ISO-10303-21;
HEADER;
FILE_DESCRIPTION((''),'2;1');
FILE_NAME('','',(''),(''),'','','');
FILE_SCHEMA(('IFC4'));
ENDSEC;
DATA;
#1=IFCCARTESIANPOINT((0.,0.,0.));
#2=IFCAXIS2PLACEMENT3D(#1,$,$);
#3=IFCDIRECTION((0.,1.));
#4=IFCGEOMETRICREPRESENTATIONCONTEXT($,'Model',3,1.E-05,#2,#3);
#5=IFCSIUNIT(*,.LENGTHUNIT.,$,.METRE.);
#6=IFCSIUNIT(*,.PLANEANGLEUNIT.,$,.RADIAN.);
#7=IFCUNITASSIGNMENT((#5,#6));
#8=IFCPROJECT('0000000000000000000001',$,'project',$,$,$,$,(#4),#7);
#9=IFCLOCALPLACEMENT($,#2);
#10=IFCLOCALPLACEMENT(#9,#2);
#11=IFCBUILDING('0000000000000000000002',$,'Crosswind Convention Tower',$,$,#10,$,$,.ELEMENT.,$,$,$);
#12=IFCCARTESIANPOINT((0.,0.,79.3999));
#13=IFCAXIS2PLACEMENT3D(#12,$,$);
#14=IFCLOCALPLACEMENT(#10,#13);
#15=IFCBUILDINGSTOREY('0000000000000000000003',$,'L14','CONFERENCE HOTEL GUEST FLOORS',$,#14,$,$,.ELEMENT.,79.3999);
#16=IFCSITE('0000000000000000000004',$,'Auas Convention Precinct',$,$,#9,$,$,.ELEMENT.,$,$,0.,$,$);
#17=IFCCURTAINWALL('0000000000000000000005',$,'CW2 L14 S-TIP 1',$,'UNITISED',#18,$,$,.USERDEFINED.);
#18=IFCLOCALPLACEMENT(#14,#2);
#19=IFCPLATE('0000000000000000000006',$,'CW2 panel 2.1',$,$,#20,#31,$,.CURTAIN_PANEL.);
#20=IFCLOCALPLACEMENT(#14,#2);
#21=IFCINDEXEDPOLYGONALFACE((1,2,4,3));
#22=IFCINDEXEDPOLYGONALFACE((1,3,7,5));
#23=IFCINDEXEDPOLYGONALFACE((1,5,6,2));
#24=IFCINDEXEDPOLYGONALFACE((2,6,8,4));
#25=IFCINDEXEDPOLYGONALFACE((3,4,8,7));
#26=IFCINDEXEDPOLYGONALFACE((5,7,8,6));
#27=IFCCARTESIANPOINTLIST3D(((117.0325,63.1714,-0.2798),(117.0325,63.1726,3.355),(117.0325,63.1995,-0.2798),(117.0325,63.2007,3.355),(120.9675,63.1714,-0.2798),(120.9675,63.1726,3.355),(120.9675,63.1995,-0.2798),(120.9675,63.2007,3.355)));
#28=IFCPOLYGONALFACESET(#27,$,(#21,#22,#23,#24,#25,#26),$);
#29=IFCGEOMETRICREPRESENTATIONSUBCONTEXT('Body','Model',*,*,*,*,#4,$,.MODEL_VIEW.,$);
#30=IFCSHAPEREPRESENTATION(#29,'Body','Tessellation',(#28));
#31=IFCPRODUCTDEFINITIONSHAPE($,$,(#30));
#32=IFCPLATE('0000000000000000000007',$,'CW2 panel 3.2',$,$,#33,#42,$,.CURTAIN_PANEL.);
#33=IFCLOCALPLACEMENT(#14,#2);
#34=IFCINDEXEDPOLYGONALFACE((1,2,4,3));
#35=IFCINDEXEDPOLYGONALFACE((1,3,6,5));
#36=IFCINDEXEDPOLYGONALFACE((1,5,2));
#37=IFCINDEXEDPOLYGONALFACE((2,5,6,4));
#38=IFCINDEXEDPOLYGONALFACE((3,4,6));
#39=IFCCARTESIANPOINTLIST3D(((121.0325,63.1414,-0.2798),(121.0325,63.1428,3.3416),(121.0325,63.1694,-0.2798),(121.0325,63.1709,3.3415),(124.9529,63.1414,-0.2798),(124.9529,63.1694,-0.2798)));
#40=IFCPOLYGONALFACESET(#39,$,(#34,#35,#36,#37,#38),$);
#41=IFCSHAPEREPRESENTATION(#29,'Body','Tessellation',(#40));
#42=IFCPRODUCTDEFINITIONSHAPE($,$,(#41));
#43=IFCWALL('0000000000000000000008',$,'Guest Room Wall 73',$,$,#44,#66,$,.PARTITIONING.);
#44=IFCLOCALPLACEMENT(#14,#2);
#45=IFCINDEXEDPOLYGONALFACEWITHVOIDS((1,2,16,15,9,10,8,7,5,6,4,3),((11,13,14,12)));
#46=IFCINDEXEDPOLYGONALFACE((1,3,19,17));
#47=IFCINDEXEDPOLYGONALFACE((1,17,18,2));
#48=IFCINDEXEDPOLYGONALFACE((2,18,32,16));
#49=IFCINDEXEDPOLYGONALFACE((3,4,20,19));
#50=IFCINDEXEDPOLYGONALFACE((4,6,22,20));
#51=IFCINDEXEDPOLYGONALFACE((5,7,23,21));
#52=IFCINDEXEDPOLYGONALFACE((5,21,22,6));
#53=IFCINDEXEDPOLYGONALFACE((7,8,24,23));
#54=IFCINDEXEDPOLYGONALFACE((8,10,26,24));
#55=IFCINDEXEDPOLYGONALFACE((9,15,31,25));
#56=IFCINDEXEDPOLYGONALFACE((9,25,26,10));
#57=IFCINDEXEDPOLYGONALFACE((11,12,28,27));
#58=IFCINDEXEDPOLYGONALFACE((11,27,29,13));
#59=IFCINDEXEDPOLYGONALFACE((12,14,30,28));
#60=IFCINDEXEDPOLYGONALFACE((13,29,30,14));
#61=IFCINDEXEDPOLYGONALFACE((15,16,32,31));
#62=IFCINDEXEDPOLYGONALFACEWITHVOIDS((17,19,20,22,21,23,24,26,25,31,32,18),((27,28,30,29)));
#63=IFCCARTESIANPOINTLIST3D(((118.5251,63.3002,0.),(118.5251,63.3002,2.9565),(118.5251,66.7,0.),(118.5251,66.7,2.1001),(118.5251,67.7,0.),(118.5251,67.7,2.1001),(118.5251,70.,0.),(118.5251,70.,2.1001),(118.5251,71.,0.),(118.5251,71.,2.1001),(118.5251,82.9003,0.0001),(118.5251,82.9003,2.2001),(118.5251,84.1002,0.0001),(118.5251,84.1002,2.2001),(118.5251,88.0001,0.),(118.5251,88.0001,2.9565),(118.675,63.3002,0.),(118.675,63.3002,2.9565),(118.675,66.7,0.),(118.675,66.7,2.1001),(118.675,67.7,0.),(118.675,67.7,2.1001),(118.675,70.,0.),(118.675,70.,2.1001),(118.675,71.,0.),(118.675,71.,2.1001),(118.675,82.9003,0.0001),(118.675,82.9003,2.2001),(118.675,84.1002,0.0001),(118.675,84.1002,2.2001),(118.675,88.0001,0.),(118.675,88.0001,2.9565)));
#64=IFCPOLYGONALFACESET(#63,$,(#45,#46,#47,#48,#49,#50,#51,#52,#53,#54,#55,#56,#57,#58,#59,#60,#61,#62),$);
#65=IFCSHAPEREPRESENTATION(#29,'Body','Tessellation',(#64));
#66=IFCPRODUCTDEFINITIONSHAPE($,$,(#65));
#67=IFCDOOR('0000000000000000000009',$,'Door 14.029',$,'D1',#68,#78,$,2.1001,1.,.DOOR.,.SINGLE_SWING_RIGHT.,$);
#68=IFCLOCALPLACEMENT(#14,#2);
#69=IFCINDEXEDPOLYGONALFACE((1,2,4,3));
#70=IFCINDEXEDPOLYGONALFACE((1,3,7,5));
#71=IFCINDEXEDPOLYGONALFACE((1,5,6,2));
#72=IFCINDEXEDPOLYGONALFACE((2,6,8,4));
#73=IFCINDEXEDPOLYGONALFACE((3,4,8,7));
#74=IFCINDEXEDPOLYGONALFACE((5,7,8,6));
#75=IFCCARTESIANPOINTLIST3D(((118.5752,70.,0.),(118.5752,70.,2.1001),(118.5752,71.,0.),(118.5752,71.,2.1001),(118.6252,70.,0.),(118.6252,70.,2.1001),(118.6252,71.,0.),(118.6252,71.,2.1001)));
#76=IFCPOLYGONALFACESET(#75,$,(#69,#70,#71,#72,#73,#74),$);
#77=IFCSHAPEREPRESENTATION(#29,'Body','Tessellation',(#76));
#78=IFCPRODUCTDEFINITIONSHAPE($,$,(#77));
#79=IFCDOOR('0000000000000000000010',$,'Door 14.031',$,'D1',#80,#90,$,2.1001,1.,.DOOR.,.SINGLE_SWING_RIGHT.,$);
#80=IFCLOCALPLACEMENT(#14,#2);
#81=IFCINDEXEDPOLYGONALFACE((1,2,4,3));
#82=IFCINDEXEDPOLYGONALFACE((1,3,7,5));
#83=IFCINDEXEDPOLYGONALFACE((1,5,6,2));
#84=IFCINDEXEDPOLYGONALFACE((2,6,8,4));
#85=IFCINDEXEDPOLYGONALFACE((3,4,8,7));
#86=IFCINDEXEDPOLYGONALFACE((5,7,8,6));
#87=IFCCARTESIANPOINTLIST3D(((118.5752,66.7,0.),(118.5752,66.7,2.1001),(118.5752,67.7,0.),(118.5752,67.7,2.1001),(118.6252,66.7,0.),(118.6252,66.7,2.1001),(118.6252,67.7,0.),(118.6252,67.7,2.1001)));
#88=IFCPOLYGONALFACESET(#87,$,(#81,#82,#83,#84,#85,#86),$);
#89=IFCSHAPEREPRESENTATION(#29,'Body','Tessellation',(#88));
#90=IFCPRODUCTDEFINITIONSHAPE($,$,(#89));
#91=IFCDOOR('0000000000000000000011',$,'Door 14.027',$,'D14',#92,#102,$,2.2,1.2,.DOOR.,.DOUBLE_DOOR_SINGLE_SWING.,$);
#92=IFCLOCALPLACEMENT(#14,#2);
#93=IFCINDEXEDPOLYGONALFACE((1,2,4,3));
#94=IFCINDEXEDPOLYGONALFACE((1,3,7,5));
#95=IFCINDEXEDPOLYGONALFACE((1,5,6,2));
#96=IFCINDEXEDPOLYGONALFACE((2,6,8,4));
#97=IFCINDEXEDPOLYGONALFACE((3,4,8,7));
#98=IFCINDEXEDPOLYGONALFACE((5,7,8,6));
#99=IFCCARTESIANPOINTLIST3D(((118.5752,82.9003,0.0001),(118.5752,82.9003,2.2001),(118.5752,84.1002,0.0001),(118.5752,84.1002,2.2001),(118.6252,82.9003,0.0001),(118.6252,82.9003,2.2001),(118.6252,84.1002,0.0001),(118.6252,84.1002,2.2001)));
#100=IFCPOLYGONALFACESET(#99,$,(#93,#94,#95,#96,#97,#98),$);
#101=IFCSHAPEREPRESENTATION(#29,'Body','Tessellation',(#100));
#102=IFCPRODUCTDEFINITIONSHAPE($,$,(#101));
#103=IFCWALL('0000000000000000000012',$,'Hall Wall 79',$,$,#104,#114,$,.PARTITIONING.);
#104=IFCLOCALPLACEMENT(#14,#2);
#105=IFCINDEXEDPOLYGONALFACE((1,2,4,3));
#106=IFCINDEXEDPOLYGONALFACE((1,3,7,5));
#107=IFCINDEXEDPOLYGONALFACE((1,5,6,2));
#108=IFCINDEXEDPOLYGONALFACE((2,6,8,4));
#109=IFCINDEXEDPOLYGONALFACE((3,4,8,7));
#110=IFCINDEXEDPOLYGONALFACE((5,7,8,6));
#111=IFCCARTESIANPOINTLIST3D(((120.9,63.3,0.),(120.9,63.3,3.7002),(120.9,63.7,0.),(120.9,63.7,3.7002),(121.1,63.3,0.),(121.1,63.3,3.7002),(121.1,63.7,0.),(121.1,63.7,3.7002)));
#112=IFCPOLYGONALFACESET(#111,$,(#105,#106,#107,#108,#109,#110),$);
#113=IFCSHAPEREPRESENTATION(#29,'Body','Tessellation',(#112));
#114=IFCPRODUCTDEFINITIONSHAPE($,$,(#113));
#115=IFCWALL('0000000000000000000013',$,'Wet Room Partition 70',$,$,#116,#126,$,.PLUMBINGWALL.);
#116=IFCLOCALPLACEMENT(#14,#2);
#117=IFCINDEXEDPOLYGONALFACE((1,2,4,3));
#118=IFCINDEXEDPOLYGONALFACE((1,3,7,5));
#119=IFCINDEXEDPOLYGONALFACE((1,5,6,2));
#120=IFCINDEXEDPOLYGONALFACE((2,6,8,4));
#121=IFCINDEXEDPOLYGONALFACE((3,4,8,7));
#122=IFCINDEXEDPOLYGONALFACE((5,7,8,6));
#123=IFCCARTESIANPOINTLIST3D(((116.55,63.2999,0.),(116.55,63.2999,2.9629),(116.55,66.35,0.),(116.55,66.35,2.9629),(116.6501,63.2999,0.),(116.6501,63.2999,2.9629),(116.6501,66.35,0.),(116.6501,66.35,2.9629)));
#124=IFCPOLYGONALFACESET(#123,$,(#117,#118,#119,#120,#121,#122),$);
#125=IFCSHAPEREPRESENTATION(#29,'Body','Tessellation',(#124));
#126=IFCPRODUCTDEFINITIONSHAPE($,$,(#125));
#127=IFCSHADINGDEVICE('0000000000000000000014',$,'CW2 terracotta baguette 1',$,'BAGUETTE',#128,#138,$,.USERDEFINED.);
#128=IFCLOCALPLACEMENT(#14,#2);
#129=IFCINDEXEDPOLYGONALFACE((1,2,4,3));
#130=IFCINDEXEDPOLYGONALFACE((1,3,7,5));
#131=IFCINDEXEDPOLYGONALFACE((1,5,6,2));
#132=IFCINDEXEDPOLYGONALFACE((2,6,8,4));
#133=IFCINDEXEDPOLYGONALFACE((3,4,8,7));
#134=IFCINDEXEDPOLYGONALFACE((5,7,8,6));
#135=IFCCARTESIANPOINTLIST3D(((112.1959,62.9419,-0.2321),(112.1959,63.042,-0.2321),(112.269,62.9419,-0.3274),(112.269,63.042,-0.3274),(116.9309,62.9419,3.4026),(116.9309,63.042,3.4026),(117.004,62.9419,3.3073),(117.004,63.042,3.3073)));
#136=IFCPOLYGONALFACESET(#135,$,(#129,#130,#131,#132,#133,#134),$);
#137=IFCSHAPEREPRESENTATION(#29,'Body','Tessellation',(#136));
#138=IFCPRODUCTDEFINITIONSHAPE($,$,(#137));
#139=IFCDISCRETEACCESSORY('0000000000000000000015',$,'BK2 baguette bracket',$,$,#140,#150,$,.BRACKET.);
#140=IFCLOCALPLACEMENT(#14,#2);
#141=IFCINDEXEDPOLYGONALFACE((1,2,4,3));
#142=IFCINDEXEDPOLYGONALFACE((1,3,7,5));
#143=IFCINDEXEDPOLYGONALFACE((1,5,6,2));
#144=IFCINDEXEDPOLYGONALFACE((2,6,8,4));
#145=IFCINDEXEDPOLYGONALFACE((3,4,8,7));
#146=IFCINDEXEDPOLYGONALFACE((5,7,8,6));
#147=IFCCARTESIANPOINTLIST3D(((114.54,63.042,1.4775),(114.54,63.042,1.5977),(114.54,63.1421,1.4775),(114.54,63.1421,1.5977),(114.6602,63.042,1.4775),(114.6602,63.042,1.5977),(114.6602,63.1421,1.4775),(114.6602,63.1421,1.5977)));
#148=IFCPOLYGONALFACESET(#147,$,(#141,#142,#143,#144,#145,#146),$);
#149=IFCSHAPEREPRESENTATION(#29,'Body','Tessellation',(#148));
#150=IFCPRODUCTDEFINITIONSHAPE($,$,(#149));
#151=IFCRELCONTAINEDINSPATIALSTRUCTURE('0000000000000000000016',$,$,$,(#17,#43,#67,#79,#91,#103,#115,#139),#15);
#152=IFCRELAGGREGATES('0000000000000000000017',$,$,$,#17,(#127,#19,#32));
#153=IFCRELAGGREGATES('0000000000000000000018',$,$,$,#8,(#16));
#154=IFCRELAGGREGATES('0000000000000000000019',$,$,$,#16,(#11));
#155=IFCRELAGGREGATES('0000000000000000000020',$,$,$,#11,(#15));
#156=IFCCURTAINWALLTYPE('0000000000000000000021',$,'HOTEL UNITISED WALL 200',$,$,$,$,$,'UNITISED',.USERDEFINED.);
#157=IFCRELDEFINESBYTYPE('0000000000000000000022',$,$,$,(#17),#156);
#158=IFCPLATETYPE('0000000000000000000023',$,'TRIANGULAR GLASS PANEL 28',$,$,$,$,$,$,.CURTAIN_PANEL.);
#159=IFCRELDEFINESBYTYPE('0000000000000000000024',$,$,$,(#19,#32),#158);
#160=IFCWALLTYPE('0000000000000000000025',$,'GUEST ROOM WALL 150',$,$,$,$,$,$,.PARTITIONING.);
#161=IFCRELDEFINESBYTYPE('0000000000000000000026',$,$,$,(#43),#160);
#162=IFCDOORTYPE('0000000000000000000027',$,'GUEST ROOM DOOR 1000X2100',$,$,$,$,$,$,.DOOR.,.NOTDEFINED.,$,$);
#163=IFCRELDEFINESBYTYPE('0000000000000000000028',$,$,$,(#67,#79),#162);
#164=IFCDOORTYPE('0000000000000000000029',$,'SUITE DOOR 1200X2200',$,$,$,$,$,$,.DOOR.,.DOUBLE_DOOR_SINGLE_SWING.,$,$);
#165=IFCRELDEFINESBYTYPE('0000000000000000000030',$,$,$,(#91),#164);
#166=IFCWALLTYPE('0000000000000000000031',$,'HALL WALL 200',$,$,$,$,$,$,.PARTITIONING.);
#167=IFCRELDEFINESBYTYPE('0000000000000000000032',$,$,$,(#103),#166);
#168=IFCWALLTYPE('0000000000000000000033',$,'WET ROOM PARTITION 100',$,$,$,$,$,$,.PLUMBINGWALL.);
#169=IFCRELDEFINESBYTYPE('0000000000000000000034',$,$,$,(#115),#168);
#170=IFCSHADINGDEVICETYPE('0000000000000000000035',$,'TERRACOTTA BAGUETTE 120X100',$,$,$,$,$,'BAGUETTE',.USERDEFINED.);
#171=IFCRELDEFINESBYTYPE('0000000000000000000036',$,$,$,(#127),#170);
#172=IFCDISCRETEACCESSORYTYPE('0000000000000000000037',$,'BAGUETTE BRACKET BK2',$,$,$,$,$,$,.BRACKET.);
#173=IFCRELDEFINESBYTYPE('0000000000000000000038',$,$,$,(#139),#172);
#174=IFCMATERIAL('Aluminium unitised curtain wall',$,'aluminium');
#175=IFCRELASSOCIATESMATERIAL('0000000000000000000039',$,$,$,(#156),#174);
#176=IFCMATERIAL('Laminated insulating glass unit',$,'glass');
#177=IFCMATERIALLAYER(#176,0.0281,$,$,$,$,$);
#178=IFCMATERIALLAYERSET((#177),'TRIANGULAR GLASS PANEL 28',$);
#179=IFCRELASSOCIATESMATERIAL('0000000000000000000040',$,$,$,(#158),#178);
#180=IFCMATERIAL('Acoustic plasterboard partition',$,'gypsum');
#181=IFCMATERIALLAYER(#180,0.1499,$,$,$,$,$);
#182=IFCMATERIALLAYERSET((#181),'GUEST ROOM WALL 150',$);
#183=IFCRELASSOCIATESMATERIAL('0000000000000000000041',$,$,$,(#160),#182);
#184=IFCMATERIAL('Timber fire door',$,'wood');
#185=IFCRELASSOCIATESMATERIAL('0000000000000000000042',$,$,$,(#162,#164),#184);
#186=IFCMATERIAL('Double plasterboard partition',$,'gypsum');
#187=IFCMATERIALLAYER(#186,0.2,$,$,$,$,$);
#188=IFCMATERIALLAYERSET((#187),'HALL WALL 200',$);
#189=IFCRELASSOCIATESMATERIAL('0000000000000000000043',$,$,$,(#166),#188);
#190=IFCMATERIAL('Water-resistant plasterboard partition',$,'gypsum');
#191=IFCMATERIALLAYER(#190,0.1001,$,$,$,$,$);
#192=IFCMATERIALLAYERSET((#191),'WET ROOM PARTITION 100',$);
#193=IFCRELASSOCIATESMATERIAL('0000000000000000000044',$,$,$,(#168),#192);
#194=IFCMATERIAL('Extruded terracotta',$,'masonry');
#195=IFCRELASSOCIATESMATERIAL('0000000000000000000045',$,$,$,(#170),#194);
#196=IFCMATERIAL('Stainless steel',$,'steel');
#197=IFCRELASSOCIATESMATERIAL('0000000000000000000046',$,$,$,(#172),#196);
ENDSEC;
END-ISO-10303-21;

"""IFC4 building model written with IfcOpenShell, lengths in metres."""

from ifc_helpers import new_model, si_unit, direction, frame, frame_2d, origin, origin_2d, place, context, subcontext, project, spatial, polyline, rectangle, outline, extrude, material, layer, layer_set, material_profile, profile_set, type_object, element, fill, aggregate, save


model = new_model("IFC4")

# Units and contexts
model_context = context("Model", 3, precision=1e-05, world=origin(), true_north=direction((0.0, 1.0)))
body_context = subcontext(model_context, "Body", "Model", "MODEL_VIEW")
ifc_project = project(units=[si_unit("LENGTHUNIT", "METRE"), si_unit("PLANEANGLEUNIT", "RADIAN")], contexts=[model_context])

# Site, building, storey
site_placement = place(None, origin())
site = spatial("IfcSite", under=ifc_project, at=site_placement, Name="Auas Convention Precinct", CompositionType="ELEMENT", RefElevation=0.0)
building_placement = place(site_placement, origin())
building = spatial("IfcBuilding", under=site, at=building_placement, Name="Crosswind Convention Tower", CompositionType="ELEMENT")
storey_placement = place(building_placement, frame((0.0, 0.0, 79.3999)))
storey = spatial("IfcBuildingStorey", under=building, at=storey_placement, Name="L14", Description="CONFERENCE HOTEL GUEST FLOORS", CompositionType="ELEMENT", Elevation=79.3999)

# Curtain wall, plates
ifc_material_1 = material(Name="Aluminium unitised curtain wall", Category="aluminium")
curtain_wall_type = type_object("IfcCurtainWallType", Name="HOTEL UNITISED WALL 200", ElementType="UNITISED", PredefinedType="USERDEFINED", material=ifc_material_1)
curtain_wall_placement = place(storey_placement, origin())
curtain_wall = element("IfcCurtainWall", 1, at=curtain_wall_placement, inside=storey, type_object=curtain_wall_type, Name="CW2 L14 S-TIP 1", ObjectType="UNITISED", PredefinedType="USERDEFINED")
ifc_material_2 = material(Name="Laminated insulating glass unit", Category="glass")
ifc_layer_1 = layer(ifc_material_2, 0.0281)
ifc_layer_set_1 = layer_set([ifc_layer_1], Name="TRIANGULAR GLASS PANEL 28")
plate_type = type_object("IfcPlateType", Name="TRIANGULAR GLASS PANEL 28", PredefinedType="CURTAIN_PANEL", material=ifc_layer_set_1)
plate_1_placement = place(storey_placement, frame((117.0325, 63.1714, -0.2798), z_axis=(0.0, -1.0, 0.000336), x_axis=(1.0, 0.0, 0.0)))
plate_1 = element("IfcPlate", 2, at=plate_1_placement, type_object=plate_type, Name="CW2 panel 2.1", PredefinedType="CURTAIN_PANEL", context=body_context, shape_type="SweptSolid", body=[
    extrude(outline(polyline([(0.0, 0.0), (3.9351, 0.0), (3.9351, 3.6348), (0.0, 3.6348), (0.0, 0.0)])), origin(), (0.0, 0.0, -1.0), 0.0281),
])
plate_2_placement = place(storey_placement, frame((121.0325, 63.1414, -0.2798), z_axis=(0.0, -1.0, 0.000405), x_axis=(1.0, 0.0, 0.0)))
plate_2 = element("IfcPlate", 3, at=plate_2_placement, type_object=plate_type, Name="CW2 panel 3.2", PredefinedType="CURTAIN_PANEL", context=body_context, shape_type="SweptSolid", body=[
    extrude(outline(polyline([(0.0, 0.0), (3.9204, 0.0), (0.0, 3.6213), (0.0, 0.0)])), origin(), (0.0, 0.0, -1.0), 0.0281),
])

# Wall, openings, doors
ifc_material_3 = material(Name="Acoustic plasterboard partition", Category="gypsum")
ifc_layer_2 = layer(ifc_material_3, 0.1499)
ifc_layer_set_2 = layer_set([ifc_layer_2], Name="GUEST ROOM WALL 150")
wall_type_1 = type_object("IfcWallType", Name="GUEST ROOM WALL 150", PredefinedType="PARTITIONING", material=ifc_layer_set_2)
wall_1_placement = place(storey_placement, frame((118.6001, 63.3, 0.0), z_axis=(0.0, 0.0, 1.0), x_axis=(0.0, 1.0, 0.0)))
wall_1 = element("IfcWall", 4, at=wall_1_placement, inside=storey, type_object=wall_type_1, Name="Guest Room Wall 73", PredefinedType="PARTITIONING", context=body_context, shape_type="SweptSolid", body=[
    extrude(rectangle(XDim=24.7, YDim=0.1499, at=frame_2d((12.3501, 0.0))), origin(), (0.0, 0.0, 1.0), 2.9565),
])
opening_1_placement = place(wall_1_placement, frame((19.6001, 0.0, 0.0)))
opening_1 = element("IfcOpeningElement", 5, at=opening_1_placement, cuts=wall_1, PredefinedType="OPENING", context=body_context, shape_type="SweptSolid", body=[
    extrude(rectangle(XDim=1.2, YDim=2.2, at=frame_2d((0.6001, 1.1001))), frame((0.0, 0.085, 0.0), z_axis=(0.0, -1.0, 0.0), x_axis=(1.0, 0.0, 0.0)), (0.0, 0.0, 1.0), 0.1699),
])
opening_2_placement = place(wall_1_placement, frame((6.7, 0.0, 0.0)))
opening_2 = element("IfcOpeningElement", 6, at=opening_2_placement, cuts=wall_1, PredefinedType="OPENING", context=body_context, shape_type="SweptSolid", body=[
    extrude(rectangle(XDim=1.0, YDim=2.1001, at=frame_2d((0.5, 1.05))), frame((0.0, 0.085, 0.0), z_axis=(0.0, -1.0, 0.0), x_axis=(1.0, 0.0, 0.0)), (0.0, 0.0, 1.0), 0.1699),
])
opening_3_placement = place(wall_1_placement, frame((3.3999, 0.0, 0.0)))
opening_3 = element("IfcOpeningElement", 7, at=opening_3_placement, cuts=wall_1, PredefinedType="OPENING", context=body_context, shape_type="SweptSolid", body=[
    extrude(rectangle(XDim=1.0, YDim=2.1001, at=frame_2d((0.5, 1.05))), frame((0.0, 0.085, 0.0), z_axis=(0.0, -1.0, 0.0), x_axis=(1.0, 0.0, 0.0)), (0.0, 0.0, 1.0), 0.1699),
])
ifc_material_4 = material(Name="Timber fire door", Category="wood")
door_type_1 = type_object("IfcDoorType", Name="GUEST ROOM DOOR 1000X2100", OperationType="NOTDEFINED", PredefinedType="DOOR", material=ifc_material_4)
door_1_placement = place(opening_2_placement, origin())
door_1 = element("IfcDoor", 8, at=door_1_placement, inside=storey, type_object=door_type_1, Name="Door 14.029", ObjectType="D1", OperationType="SINGLE_SWING_RIGHT", OverallHeight=2.1001, OverallWidth=1.0, PredefinedType="DOOR", context=body_context, shape_type="SweptSolid", body=[
    extrude(rectangle(XDim=1.0, YDim=2.1001, at=frame_2d((0.5, 1.05))), frame((0.0, 0.0249, 0.0), z_axis=(0.0, -1.0, 0.0), x_axis=(1.0, 0.0, 0.0)), (0.0, 0.0, 1.0), 0.05),
])
fill(opening_2, door_1)
door_2_placement = place(opening_3_placement, origin())
door_2 = element("IfcDoor", 9, at=door_2_placement, inside=storey, type_object=door_type_1, Name="Door 14.031", ObjectType="D1", OperationType="SINGLE_SWING_RIGHT", OverallHeight=2.1001, OverallWidth=1.0, PredefinedType="DOOR", context=body_context, shape_type="SweptSolid", body=[
    extrude(rectangle(XDim=1.0, YDim=2.1001, at=frame_2d((0.5, 1.05))), frame((0.0, 0.0249, 0.0), z_axis=(0.0, -1.0, 0.0), x_axis=(1.0, 0.0, 0.0)), (0.0, 0.0, 1.0), 0.05),
])
fill(opening_3, door_2)
door_type_2 = type_object("IfcDoorType", Name="SUITE DOOR 1200X2200", OperationType="DOUBLE_DOOR_SINGLE_SWING", PredefinedType="DOOR", material=ifc_material_4)
door_3_placement = place(opening_1_placement, origin())
door_3 = element("IfcDoor", 10, at=door_3_placement, inside=storey, type_object=door_type_2, Name="Door 14.027", ObjectType="D14", OperationType="DOUBLE_DOOR_SINGLE_SWING", OverallHeight=2.2, OverallWidth=1.2, PredefinedType="DOOR", context=body_context, shape_type="SweptSolid", body=[
    extrude(rectangle(XDim=1.2, YDim=2.2, at=frame_2d((0.6001, 1.1001))), frame((0.0, 0.0249, 0.0), z_axis=(0.0, -1.0, 0.0), x_axis=(1.0, 0.0, 0.0)), (0.0, 0.0, 1.0), 0.05),
])
fill(opening_1, door_3)

# Walls
ifc_material_5 = material(Name="Double plasterboard partition", Category="gypsum")
ifc_layer_3 = layer(ifc_material_5, 0.2)
ifc_layer_set_3 = layer_set([ifc_layer_3], Name="HALL WALL 200")
wall_type_2 = type_object("IfcWallType", Name="HALL WALL 200", PredefinedType="PARTITIONING", material=ifc_layer_set_3)
wall_2_placement = place(storey_placement, frame((121.0, 63.3, 0.0), z_axis=(0.0, 0.0, 1.0), x_axis=(0.0, 1.0, 0.0)))
element("IfcWall", 11, at=wall_2_placement, inside=storey, type_object=wall_type_2, Name="Hall Wall 79", PredefinedType="PARTITIONING", context=body_context, shape_type="SweptSolid", body=[
    extrude(rectangle(XDim=0.3999, YDim=0.2, at=frame_2d((0.2, 0.0))), origin(), (0.0, 0.0, 1.0), 3.7002),
])
ifc_material_6 = material(Name="Water-resistant plasterboard partition", Category="gypsum")
ifc_layer_4 = layer(ifc_material_6, 0.1001)
ifc_layer_set_4 = layer_set([ifc_layer_4], Name="WET ROOM PARTITION 100")
wall_type_3 = type_object("IfcWallType", Name="WET ROOM PARTITION 100", PredefinedType="PLUMBINGWALL", material=ifc_layer_set_4)
wall_3_placement = place(storey_placement, frame((116.6001, 63.3, 0.0), z_axis=(0.0, 0.0, 1.0), x_axis=(0.0, 1.0, 0.0)))
element("IfcWall", 12, at=wall_3_placement, inside=storey, type_object=wall_type_3, Name="Wet Room Partition 70", PredefinedType="PLUMBINGWALL", context=body_context, shape_type="SweptSolid", body=[
    extrude(rectangle(XDim=3.05, YDim=0.1001, at=frame_2d((1.5249, 0.0))), origin(), (0.0, 0.0, 1.0), 2.9629),
])

# Shading device
ifc_material_7 = material(Name="Extruded terracotta", Category="masonry")
ifc_material_profile_1 = material_profile(ifc_material_7, rectangle(XDim=0.1001, YDim=0.1201, at=origin_2d()), Name="TC 100X120")
ifc_profile_set_1 = profile_set([ifc_material_profile_1], Name="Extruded terracotta")
shading_device_type = type_object("IfcShadingDeviceType", Name="TERRACOTTA BAGUETTE 120X100", ElementType="BAGUETTE", PredefinedType="USERDEFINED", material=ifc_profile_set_1)
shading_device_placement = place(storey_placement, frame((112.2324, 62.9919, -0.2798), z_axis=(0.793241, 0.0, 0.608908), x_axis=(0.0, 1.0, 0.0)))
shading_device = element("IfcShadingDevice", 13, at=shading_device_placement, type_object=shading_device_type, Name="CW2 terracotta baguette 1", ObjectType="BAGUETTE", PredefinedType="USERDEFINED", context=body_context, shape_type="SweptSolid", body=[
    extrude(rectangle(XDim=0.1001, YDim=0.1201, at=origin_2d()), origin(), (0.0, 0.0, 1.0), 5.9692),
])
aggregate(curtain_wall, [shading_device, plate_1, plate_2])

# Discrete accessory
ifc_material_8 = material(Name="Stainless steel", Category="steel")
discrete_accessory_type = type_object("IfcDiscreteAccessoryType", Name="BAGUETTE BRACKET BK2", PredefinedType="BRACKET", material=ifc_material_8)
discrete_accessory_placement = place(storey_placement, frame((114.6001, 63.092, 1.4775), z_axis=(0.0, 0.0, 1.0), x_axis=(1.0, 0.0, 0.0)))
element("IfcDiscreteAccessory", 14, at=discrete_accessory_placement, inside=storey, type_object=discrete_accessory_type, Name="BK2 baguette bracket", PredefinedType="BRACKET", context=body_context, shape_type="SweptSolid", body=[
    extrude(rectangle(XDim=0.1201, YDim=0.1001, at=origin_2d()), origin(), (0.0, 0.0, 1.0), 0.1201),
])

save(model, "model.ifc")
